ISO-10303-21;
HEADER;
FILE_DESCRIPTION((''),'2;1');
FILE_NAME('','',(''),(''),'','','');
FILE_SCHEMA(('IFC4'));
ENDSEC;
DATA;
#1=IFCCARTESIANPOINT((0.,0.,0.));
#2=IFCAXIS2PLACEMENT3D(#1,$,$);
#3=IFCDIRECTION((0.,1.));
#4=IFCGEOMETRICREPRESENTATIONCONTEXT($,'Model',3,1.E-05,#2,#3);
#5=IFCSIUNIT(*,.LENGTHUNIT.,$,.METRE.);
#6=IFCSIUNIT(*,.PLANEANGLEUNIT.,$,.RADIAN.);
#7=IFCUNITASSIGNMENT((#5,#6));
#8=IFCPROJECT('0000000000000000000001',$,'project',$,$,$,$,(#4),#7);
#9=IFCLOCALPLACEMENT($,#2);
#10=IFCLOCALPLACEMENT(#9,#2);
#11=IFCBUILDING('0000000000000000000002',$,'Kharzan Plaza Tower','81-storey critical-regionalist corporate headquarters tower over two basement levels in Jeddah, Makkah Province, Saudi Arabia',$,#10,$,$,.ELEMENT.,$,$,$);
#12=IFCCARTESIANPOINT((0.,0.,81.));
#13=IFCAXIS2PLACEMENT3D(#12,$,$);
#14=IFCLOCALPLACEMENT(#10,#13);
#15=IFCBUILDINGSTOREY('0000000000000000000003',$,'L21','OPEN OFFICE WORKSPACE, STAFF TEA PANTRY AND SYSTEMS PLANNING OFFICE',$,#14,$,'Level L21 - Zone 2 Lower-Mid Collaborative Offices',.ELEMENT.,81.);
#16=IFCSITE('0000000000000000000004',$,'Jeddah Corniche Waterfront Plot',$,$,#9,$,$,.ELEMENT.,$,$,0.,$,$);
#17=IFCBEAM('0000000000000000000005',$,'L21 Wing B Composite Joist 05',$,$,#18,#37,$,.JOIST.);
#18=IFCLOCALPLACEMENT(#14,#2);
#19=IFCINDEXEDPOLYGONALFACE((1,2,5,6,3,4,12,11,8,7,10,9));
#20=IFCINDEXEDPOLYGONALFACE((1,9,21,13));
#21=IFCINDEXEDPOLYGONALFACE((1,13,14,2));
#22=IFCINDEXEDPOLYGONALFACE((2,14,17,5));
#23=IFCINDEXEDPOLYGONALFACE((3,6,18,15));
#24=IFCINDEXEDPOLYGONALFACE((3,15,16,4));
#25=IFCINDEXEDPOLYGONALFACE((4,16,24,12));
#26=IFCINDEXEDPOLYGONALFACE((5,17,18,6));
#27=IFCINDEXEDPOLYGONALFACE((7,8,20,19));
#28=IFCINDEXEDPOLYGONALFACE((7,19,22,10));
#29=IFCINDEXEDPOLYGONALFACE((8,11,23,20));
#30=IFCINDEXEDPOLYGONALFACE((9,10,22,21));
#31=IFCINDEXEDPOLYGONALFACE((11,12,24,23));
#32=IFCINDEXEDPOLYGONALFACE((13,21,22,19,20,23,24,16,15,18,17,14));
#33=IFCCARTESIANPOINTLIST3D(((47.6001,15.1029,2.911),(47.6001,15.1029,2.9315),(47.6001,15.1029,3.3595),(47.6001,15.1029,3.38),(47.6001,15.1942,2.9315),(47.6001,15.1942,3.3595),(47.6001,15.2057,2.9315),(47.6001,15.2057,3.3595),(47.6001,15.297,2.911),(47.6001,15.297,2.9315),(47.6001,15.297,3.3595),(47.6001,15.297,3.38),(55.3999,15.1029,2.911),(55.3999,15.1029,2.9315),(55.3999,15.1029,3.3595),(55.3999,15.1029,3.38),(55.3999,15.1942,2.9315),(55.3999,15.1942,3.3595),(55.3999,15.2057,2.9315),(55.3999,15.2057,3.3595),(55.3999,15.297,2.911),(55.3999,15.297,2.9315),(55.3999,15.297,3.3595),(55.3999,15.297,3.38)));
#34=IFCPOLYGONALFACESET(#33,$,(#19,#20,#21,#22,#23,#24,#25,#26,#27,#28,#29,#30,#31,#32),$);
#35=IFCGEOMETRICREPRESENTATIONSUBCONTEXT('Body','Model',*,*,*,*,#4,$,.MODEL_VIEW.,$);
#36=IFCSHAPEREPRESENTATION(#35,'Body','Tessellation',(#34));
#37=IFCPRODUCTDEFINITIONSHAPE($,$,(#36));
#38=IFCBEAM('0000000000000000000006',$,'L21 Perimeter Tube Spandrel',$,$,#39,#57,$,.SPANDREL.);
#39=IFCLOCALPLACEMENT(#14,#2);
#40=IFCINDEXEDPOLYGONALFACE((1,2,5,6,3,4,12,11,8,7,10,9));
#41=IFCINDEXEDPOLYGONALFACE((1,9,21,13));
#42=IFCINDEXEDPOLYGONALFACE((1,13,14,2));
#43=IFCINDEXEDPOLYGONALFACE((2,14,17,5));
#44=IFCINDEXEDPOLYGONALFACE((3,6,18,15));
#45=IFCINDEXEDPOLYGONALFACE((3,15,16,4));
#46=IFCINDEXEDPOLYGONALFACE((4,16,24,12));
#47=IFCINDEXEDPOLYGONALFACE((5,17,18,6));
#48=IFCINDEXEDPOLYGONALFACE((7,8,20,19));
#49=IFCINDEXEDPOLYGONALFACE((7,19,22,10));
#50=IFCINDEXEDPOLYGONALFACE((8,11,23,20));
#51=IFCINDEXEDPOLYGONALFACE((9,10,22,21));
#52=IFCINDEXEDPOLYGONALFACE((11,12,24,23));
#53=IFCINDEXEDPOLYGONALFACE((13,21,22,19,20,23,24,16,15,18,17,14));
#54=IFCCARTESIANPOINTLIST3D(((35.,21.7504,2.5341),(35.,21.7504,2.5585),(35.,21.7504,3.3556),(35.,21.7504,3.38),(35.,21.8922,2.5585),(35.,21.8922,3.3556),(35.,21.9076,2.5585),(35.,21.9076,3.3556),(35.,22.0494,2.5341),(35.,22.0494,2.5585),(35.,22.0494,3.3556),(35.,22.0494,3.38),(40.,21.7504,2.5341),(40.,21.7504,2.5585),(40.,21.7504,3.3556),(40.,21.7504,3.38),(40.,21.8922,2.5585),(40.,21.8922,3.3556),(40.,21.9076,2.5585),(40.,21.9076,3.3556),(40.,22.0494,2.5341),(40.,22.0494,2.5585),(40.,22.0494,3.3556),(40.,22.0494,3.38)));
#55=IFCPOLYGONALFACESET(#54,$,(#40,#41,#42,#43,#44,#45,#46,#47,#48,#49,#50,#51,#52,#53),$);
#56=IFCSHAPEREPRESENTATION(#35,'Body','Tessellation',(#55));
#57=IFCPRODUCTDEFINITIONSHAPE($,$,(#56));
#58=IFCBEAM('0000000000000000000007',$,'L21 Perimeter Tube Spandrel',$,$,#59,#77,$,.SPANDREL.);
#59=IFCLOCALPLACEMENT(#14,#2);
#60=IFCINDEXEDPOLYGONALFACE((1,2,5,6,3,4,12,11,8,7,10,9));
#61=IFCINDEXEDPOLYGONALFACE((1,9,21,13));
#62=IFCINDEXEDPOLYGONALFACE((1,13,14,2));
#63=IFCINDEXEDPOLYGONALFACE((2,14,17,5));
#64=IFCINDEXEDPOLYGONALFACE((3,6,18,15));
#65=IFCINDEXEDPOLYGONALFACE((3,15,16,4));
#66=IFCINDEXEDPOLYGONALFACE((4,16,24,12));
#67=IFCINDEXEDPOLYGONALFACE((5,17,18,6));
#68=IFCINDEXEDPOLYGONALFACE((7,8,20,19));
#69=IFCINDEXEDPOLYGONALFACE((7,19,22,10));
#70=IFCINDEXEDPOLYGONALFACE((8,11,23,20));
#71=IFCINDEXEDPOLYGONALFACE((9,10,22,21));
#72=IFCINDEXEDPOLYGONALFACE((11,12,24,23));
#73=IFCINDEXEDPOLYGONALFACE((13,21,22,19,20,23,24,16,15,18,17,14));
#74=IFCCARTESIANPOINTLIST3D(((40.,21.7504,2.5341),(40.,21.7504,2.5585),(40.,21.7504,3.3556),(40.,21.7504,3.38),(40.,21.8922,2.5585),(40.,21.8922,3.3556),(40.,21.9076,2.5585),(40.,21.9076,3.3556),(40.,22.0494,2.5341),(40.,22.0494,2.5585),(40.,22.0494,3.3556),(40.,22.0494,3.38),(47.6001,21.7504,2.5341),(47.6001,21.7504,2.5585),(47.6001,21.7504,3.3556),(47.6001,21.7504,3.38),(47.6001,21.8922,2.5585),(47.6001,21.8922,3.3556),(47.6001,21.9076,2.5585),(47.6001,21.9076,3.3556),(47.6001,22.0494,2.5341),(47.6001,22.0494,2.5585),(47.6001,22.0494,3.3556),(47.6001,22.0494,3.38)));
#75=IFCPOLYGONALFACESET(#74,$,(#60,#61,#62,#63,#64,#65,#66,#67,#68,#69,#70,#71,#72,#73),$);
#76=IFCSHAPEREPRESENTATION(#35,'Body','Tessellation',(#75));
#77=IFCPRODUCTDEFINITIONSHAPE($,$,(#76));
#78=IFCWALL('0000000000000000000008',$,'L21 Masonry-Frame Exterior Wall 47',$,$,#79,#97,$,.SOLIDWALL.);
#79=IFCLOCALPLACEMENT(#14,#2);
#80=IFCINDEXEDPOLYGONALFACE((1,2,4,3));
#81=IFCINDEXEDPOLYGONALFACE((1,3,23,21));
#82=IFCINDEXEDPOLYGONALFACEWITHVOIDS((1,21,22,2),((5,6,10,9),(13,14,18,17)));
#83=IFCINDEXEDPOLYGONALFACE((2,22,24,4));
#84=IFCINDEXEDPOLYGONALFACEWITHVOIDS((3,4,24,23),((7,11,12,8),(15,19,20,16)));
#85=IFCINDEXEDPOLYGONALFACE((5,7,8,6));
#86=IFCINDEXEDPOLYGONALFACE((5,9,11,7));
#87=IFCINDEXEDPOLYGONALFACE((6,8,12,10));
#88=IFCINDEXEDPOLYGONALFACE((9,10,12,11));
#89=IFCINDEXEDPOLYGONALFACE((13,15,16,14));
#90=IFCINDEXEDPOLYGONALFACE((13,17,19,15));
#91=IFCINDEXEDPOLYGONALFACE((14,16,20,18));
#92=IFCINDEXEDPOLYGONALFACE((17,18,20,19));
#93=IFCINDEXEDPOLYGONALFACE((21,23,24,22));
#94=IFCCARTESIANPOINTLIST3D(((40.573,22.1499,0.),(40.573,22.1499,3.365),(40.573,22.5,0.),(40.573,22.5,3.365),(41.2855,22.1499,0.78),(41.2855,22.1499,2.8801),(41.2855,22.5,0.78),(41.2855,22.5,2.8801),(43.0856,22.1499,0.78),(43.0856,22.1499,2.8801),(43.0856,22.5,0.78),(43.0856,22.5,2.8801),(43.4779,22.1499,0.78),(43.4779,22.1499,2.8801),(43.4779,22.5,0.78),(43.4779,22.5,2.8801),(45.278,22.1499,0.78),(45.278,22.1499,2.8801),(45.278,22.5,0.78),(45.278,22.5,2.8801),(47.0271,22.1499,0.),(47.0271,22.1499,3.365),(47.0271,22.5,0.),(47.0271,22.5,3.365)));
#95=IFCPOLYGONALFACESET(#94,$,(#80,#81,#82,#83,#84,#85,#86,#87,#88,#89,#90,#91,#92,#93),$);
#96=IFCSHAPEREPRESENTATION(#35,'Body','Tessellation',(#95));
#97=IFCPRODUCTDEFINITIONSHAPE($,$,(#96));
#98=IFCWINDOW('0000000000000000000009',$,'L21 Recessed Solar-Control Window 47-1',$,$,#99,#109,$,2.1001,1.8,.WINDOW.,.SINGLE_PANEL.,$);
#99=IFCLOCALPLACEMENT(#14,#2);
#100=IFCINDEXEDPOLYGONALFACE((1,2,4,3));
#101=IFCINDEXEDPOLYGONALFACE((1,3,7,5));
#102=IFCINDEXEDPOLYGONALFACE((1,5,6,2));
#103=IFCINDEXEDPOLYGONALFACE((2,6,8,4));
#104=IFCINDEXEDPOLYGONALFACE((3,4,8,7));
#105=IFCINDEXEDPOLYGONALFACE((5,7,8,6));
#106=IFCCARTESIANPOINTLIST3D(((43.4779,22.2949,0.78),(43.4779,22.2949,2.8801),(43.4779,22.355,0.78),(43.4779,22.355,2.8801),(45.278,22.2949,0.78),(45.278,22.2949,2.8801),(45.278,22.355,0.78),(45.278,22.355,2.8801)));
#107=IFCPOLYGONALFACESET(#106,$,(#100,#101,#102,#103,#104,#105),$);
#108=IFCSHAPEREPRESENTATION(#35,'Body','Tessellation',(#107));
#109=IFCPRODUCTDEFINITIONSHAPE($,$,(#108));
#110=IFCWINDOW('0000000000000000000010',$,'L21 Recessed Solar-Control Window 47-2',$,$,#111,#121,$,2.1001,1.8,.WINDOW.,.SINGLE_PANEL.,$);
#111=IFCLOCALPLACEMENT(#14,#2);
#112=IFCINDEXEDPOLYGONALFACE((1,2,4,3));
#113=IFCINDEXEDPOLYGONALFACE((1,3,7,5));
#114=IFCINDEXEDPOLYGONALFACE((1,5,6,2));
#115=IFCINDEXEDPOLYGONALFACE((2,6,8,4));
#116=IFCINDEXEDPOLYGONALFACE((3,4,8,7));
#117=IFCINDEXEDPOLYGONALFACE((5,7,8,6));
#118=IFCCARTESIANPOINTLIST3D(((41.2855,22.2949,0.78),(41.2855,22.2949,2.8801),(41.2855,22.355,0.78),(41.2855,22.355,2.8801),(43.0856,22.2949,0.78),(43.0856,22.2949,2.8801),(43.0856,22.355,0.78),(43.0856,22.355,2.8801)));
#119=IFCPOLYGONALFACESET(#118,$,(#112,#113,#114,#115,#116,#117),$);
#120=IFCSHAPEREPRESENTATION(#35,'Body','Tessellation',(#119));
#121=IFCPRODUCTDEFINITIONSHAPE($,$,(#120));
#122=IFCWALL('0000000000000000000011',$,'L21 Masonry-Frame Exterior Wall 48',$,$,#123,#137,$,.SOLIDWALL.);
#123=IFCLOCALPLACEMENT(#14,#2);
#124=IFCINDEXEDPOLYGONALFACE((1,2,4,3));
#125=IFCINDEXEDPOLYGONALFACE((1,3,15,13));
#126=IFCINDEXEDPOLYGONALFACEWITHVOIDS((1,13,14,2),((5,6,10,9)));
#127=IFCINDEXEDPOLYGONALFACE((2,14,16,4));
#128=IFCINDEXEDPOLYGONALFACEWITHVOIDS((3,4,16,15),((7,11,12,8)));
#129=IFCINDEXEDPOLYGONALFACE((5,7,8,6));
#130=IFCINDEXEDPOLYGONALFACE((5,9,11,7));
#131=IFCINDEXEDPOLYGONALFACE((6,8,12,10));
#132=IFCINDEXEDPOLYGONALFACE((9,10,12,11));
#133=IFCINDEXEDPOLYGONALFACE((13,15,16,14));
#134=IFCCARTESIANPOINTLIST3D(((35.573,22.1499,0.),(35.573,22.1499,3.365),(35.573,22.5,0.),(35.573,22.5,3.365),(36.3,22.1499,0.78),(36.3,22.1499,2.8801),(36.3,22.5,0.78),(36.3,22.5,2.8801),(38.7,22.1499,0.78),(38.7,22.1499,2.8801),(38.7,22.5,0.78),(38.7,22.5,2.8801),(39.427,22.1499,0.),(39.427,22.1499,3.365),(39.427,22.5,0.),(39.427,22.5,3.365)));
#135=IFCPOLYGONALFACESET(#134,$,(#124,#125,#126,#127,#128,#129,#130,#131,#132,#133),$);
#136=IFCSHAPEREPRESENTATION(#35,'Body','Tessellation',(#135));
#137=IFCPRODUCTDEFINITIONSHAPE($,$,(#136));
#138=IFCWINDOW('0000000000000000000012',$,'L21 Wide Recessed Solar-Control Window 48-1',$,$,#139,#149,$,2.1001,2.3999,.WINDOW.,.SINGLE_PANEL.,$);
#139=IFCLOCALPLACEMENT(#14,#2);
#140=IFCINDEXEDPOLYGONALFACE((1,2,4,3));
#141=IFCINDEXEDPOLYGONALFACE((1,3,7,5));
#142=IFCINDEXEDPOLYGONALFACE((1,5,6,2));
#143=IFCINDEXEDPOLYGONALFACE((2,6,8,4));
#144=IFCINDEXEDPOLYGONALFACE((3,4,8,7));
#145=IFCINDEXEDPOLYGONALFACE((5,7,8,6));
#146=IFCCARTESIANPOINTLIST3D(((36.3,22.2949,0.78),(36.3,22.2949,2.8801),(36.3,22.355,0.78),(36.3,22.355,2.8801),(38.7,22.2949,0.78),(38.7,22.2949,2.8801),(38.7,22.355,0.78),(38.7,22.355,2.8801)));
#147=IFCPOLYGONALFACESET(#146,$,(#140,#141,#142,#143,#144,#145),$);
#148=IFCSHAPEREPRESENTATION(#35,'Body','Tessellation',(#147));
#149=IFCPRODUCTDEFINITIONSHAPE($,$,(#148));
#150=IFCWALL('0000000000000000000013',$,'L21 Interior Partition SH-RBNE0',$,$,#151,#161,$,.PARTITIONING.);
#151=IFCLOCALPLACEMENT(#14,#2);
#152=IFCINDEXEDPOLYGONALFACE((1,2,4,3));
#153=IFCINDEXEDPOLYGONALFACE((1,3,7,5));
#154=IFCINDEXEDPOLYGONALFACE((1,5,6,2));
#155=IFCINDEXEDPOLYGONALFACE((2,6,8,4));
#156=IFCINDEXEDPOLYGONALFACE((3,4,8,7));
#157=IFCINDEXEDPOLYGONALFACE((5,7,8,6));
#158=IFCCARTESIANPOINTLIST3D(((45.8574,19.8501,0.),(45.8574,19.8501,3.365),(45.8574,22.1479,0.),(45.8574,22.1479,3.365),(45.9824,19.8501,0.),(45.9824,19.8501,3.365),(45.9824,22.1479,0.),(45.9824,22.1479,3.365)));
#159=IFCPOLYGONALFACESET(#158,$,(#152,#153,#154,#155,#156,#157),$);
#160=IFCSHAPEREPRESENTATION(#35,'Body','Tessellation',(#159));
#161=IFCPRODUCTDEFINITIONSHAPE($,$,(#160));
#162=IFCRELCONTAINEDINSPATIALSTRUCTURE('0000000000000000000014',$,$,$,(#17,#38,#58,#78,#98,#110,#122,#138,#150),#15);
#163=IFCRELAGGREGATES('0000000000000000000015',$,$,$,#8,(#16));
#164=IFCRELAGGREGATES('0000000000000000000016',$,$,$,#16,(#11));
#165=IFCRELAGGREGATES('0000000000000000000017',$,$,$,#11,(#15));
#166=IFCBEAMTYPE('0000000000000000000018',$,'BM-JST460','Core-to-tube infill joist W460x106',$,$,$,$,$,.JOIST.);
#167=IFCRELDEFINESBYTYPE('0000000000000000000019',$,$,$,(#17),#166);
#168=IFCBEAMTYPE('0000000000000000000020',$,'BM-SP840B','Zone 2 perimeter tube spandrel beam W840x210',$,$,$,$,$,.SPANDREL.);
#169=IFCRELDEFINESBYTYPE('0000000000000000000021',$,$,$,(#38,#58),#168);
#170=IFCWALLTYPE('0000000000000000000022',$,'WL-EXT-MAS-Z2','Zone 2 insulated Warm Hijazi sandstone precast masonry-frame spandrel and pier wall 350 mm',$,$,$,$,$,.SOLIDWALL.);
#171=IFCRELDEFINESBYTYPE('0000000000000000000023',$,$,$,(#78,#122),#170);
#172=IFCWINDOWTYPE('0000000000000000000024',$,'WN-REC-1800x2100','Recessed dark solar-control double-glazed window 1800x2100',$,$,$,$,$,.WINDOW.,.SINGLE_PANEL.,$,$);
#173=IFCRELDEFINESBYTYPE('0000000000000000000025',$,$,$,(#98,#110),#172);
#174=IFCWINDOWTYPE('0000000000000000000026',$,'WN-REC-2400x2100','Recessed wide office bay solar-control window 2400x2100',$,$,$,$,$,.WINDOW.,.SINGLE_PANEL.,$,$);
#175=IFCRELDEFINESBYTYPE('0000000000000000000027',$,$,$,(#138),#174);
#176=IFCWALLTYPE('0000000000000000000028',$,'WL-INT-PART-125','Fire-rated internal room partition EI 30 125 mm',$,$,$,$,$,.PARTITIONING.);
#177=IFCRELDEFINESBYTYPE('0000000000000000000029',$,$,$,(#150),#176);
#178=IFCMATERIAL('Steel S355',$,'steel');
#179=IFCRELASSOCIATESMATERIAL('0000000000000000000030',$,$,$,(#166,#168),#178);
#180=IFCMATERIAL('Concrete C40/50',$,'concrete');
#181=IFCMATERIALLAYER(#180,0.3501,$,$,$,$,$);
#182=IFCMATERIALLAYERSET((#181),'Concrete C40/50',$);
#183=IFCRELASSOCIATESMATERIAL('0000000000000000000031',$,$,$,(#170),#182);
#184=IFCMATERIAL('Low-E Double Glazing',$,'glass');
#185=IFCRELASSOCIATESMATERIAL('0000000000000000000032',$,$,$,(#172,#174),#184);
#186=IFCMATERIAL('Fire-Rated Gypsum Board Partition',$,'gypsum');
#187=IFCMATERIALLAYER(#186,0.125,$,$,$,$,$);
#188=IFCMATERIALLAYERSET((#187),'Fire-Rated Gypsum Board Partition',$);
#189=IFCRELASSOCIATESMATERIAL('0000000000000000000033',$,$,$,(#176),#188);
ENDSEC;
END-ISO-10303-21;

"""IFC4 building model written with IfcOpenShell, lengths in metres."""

from ifc_helpers import new_model, si_unit, direction, frame, frame_2d, origin, origin_2d, place, context, subcontext, project, spatial, rectangle, i_section, extrude, source, transform, mapped, material, layer, layer_set, material_profile, profile_set, type_object, element, fill, save


model = new_model("IFC4")

# Units and contexts
model_context = context("Model", 3, precision=1e-05, world=origin(), true_north=direction((0.0, 1.0)))
body_context = subcontext(model_context, "Body", "Model", "MODEL_VIEW")
ifc_project = project(units=[si_unit("LENGTHUNIT", "METRE"), si_unit("PLANEANGLEUNIT", "RADIAN")], contexts=[model_context])

# Site, building, storey
site_placement = place(None, origin())
site = spatial("IfcSite", under=ifc_project, at=site_placement, Name="Jeddah Corniche Waterfront Plot", CompositionType="ELEMENT", RefElevation=0.0)
building_placement = place(site_placement, origin())
building = spatial("IfcBuilding", under=site, at=building_placement, Name="Kharzan Plaza Tower", Description="81-storey critical-regionalist corporate headquarters tower over two basement levels in Jeddah, Makkah Province, Saudi Arabia", CompositionType="ELEMENT")
storey_placement = place(building_placement, frame((0.0, 0.0, 81.0)))
storey = spatial("IfcBuildingStorey", under=building, at=storey_placement, Name="L21", Description="OPEN OFFICE WORKSPACE, STAFF TEA PANTRY AND SYSTEMS PLANNING OFFICE", LongName="Level L21 - Zone 2 Lower-Mid Collaborative Offices", CompositionType="ELEMENT", Elevation=81.0)

# Beams
ifc_material_1 = material(Name="Steel S355", Category="steel")
ifc_material_profile_1 = material_profile(ifc_material_1, i_section(OverallWidth=0.1941, OverallDepth=0.469, WebThickness=0.0115, FlangeThickness=0.0205, at=origin_2d()), Name="W460x106")
ifc_profile_set_1 = profile_set([ifc_material_profile_1], Name="Steel S355")
beam_type_1 = type_object("IfcBeamType", Name="BM-JST460", Description="Core-to-tube infill joist W460x106", PredefinedType="JOIST", material=ifc_profile_set_1)
shared_shape_1 = source(origin(), body_context, "Body", "SweptSolid", [
    extrude(i_section(OverallWidth=0.1941, OverallDepth=0.469, WebThickness=0.0115, FlangeThickness=0.0205, at=origin_2d()), origin(), (0.0, 0.0, 1.0), 7.7998),
])
beam_1_placement = place(storey_placement, frame((47.6001, 15.2, 3.1455), z_axis=(1.0, 0.0, 0.0), x_axis=(0.0, 1.0, 0.0)))
element("IfcBeam", 1, at=beam_1_placement, inside=storey, type_object=beam_type_1, Name="L21 Wing B Composite Joist 05", PredefinedType="JOIST", context=body_context, shape_type="MappedRepresentation", body=[
    mapped(shared_shape_1, transform((0.0, 0.0, 0.0), x_axis=(1.0, 0.0, 0.0), y_axis=(0.0, 1.0, 0.0), z_axis=(0.0, 0.0, 1.0))),
])
ifc_material_profile_2 = material_profile(ifc_material_1, i_section(OverallWidth=0.2991, OverallDepth=0.8459, WebThickness=0.0154, FlangeThickness=0.0244, at=origin_2d()), Name="W840x210")
ifc_profile_set_2 = profile_set([ifc_material_profile_2], Name="Steel S355")
beam_type_2 = type_object("IfcBeamType", Name="BM-SP840B", Description="Zone 2 perimeter tube spandrel beam W840x210", PredefinedType="SPANDREL", material=ifc_profile_set_2)
shared_shape_2 = source(origin(), body_context, "Body", "SweptSolid", [
    extrude(i_section(OverallWidth=0.2991, OverallDepth=0.8459, WebThickness=0.0154, FlangeThickness=0.0244, at=origin_2d()), origin(), (0.0, 0.0, 1.0), 5.0),
])
beam_2_placement = place(storey_placement, frame((35.0, 21.8999, 2.957), z_axis=(1.0, 0.0, 0.0), x_axis=(0.0, 1.0, 0.0)))
element("IfcBeam", 2, at=beam_2_placement, inside=storey, type_object=beam_type_2, Name="L21 Perimeter Tube Spandrel", PredefinedType="SPANDREL", context=body_context, shape_type="MappedRepresentation", body=[
    mapped(shared_shape_2, transform((0.0, 0.0, 0.0), x_axis=(1.0, 0.0, 0.0), y_axis=(0.0, 1.0, 0.0), z_axis=(0.0, 0.0, 1.0))),
])
shared_shape_3 = source(origin(), body_context, "Body", "SweptSolid", [
    extrude(i_section(OverallWidth=0.2991, OverallDepth=0.8459, WebThickness=0.0154, FlangeThickness=0.0244, at=origin_2d()), origin(), (0.0, 0.0, 1.0), 7.6001),
])
beam_3_placement = place(storey_placement, frame((40.0, 21.8999, 2.957), z_axis=(1.0, 0.0, 0.0), x_axis=(0.0, 1.0, 0.0)))
element("IfcBeam", 3, at=beam_3_placement, inside=storey, type_object=beam_type_2, Name="L21 Perimeter Tube Spandrel", PredefinedType="SPANDREL", context=body_context, shape_type="MappedRepresentation", body=[
    mapped(shared_shape_3, transform((0.0, 0.0, 0.0), x_axis=(1.0, 0.0, 0.0), y_axis=(0.0, 1.0, 0.0), z_axis=(0.0, 0.0, 1.0))),
])

# Wall, openings, windows
ifc_material_2 = material(Name="Concrete C40/50", Category="concrete")
ifc_layer_1 = layer(ifc_material_2, 0.3501)
ifc_layer_set_1 = layer_set([ifc_layer_1], Name="Concrete C40/50")
wall_type_1 = type_object("IfcWallType", Name="WL-EXT-MAS-Z2", Description="Zone 2 insulated Warm Hijazi sandstone precast masonry-frame spandrel and pier wall 350 mm", PredefinedType="SOLIDWALL", material=ifc_layer_set_1)
wall_1_placement = place(storey_placement, frame((47.0271, 22.325, 0.0), z_axis=(0.0, 0.0, 1.0), x_axis=(-1.0, 0.0, 0.0)))
wall_1 = element("IfcWall", 4, at=wall_1_placement, inside=storey, type_object=wall_type_1, Name="L21 Masonry-Frame Exterior Wall 47", PredefinedType="SOLIDWALL", context=body_context, shape_type="SweptSolid", body=[
    extrude(rectangle(XDim=6.4541, YDim=0.3501, at=frame_2d((3.2271, 0.0))), origin(), (0.0, 0.0, 1.0), 3.365),
])
opening_1_placement = place(wall_1_placement, frame((1.7493, 0.0, 0.78)))
opening_1 = element("IfcOpeningElement", 5, at=opening_1_placement, cuts=wall_1, PredefinedType="OPENING", context=body_context, shape_type="SweptSolid", body=[
    extrude(rectangle(XDim=1.8, YDim=2.1001, at=frame_2d((0.8999, 1.05))), frame((0.0, 0.1851, 0.0), z_axis=(0.0, -1.0, 0.0), x_axis=(1.0, 0.0, 0.0)), (0.0, 0.0, 1.0), 0.3701),
])
opening_2_placement = place(wall_1_placement, frame((3.9417, 0.0, 0.78)))
opening_2 = element("IfcOpeningElement", 6, at=opening_2_placement, cuts=wall_1, PredefinedType="OPENING", context=body_context, shape_type="SweptSolid", body=[
    extrude(rectangle(XDim=1.8, YDim=2.1001, at=frame_2d((0.8999, 1.05))), frame((0.0, 0.1851, 0.0), z_axis=(0.0, -1.0, 0.0), x_axis=(1.0, 0.0, 0.0)), (0.0, 0.0, 1.0), 0.3701),
])
ifc_material_3 = material(Name="Low-E Double Glazing", Category="glass")
window_type_1 = type_object("IfcWindowType", Name="WN-REC-1800x2100", Description="Recessed dark solar-control double-glazed window 1800x2100", PartitioningType="SINGLE_PANEL", PredefinedType="WINDOW", material=ifc_material_3)
shared_shape_4 = source(origin(), body_context, "Body", "SweptSolid", [
    extrude(rectangle(XDim=1.8, YDim=2.1001, at=frame_2d((0.8999, 1.05))), frame((0.0, 0.03, 0.0), z_axis=(0.0, -1.0, 0.0), x_axis=(1.0, 0.0, 0.0)), (0.0, 0.0, 1.0), 0.0601),
])
window_1_placement = place(opening_1_placement, origin())
window_1 = element("IfcWindow", 7, at=window_1_placement, inside=storey, type_object=window_type_1, Name="L21 Recessed Solar-Control Window 47-1", OverallHeight=2.1001, OverallWidth=1.8, PartitioningType="SINGLE_PANEL", PredefinedType="WINDOW", context=body_context, shape_type="MappedRepresentation", body=[
    mapped(shared_shape_4, transform((0.0, 0.0, 0.0), x_axis=(1.0, 0.0, 0.0), y_axis=(0.0, 1.0, 0.0), z_axis=(0.0, 0.0, 1.0))),
])
fill(opening_1, window_1)
window_2_placement = place(opening_2_placement, origin())
window_2 = element("IfcWindow", 8, at=window_2_placement, inside=storey, type_object=window_type_1, Name="L21 Recessed Solar-Control Window 47-2", OverallHeight=2.1001, OverallWidth=1.8, PartitioningType="SINGLE_PANEL", PredefinedType="WINDOW", context=body_context, shape_type="MappedRepresentation", body=[
    mapped(shared_shape_4, transform((0.0, 0.0, 0.0), x_axis=(1.0, 0.0, 0.0), y_axis=(0.0, 1.0, 0.0), z_axis=(0.0, 0.0, 1.0))),
])
fill(opening_2, window_2)

# Wall, opening, window
wall_2_placement = place(storey_placement, frame((39.427, 22.325, 0.0), z_axis=(0.0, 0.0, 1.0), x_axis=(-1.0, 0.0, 0.0)))
wall_2 = element("IfcWall", 9, at=wall_2_placement, inside=storey, type_object=wall_type_1, Name="L21 Masonry-Frame Exterior Wall 48", PredefinedType="SOLIDWALL", context=body_context, shape_type="SweptSolid", body=[
    extrude(rectangle(XDim=3.854, YDim=0.3501, at=frame_2d((1.927, 0.0))), origin(), (0.0, 0.0, 1.0), 3.365),
])
opening_3_placement = place(wall_2_placement, frame((0.7271, 0.0, 0.78)))
opening_3 = element("IfcOpeningElement", 10, at=opening_3_placement, cuts=wall_2, PredefinedType="OPENING", context=body_context, shape_type="SweptSolid", body=[
    extrude(rectangle(XDim=2.3999, YDim=2.1001, at=frame_2d((1.2, 1.05))), frame((0.0, 0.1851, 0.0), z_axis=(0.0, -1.0, 0.0), x_axis=(1.0, 0.0, 0.0)), (0.0, 0.0, 1.0), 0.3701),
])
window_type_2 = type_object("IfcWindowType", Name="WN-REC-2400x2100", Description="Recessed wide office bay solar-control window 2400x2100", PartitioningType="SINGLE_PANEL", PredefinedType="WINDOW", material=ifc_material_3)
shared_shape_5 = source(origin(), body_context, "Body", "SweptSolid", [
    extrude(rectangle(XDim=2.3999, YDim=2.1001, at=frame_2d((1.2, 1.05))), frame((0.0, 0.03, 0.0), z_axis=(0.0, -1.0, 0.0), x_axis=(1.0, 0.0, 0.0)), (0.0, 0.0, 1.0), 0.0601),
])
window_3_placement = place(opening_3_placement, origin())
window_3 = element("IfcWindow", 11, at=window_3_placement, inside=storey, type_object=window_type_2, Name="L21 Wide Recessed Solar-Control Window 48-1", OverallHeight=2.1001, OverallWidth=2.3999, PartitioningType="SINGLE_PANEL", PredefinedType="WINDOW", context=body_context, shape_type="MappedRepresentation", body=[
    mapped(shared_shape_5, transform((0.0, 0.0, 0.0), x_axis=(1.0, 0.0, 0.0), y_axis=(0.0, 1.0, 0.0), z_axis=(0.0, 0.0, 1.0))),
])
fill(opening_3, window_3)

# Shared definitions
ifc_material_4 = material(Name="Fire-Rated Gypsum Board Partition", Category="gypsum")
ifc_layer_2 = layer(ifc_material_4, 0.125)
ifc_layer_set_2 = layer_set([ifc_layer_2], Name="Fire-Rated Gypsum Board Partition")
wall_type_2 = type_object("IfcWallType", Name="WL-INT-PART-125", Description="Fire-rated internal room partition EI 30 125 mm", PredefinedType="PARTITIONING", material=ifc_layer_set_2)

# Wall
shared_shape_6 = source(origin(), body_context, "Body", "SweptSolid", [
    extrude(rectangle(XDim=2.2979, YDim=0.125, at=frame_2d((1.1489, 0.0))), origin(), (0.0, 0.0, 1.0), 3.365),
])
wall_3_placement = place(storey_placement, frame((45.9199, 19.8501, 0.0), z_axis=(0.0, 0.0, 1.0), x_axis=(0.0, 1.0, 0.0)))
element("IfcWall", 12, at=wall_3_placement, inside=storey, type_object=wall_type_2, Name="L21 Interior Partition SH-RBNE0", PredefinedType="PARTITIONING", context=body_context, shape_type="MappedRepresentation", body=[
    mapped(shared_shape_6, transform((0.0, 0.0, 0.0), x_axis=(1.0, 0.0, 0.0), y_axis=(0.0, 1.0, 0.0), z_axis=(0.0, 0.0, 1.0))),
])

save(model, "model.ifc")
